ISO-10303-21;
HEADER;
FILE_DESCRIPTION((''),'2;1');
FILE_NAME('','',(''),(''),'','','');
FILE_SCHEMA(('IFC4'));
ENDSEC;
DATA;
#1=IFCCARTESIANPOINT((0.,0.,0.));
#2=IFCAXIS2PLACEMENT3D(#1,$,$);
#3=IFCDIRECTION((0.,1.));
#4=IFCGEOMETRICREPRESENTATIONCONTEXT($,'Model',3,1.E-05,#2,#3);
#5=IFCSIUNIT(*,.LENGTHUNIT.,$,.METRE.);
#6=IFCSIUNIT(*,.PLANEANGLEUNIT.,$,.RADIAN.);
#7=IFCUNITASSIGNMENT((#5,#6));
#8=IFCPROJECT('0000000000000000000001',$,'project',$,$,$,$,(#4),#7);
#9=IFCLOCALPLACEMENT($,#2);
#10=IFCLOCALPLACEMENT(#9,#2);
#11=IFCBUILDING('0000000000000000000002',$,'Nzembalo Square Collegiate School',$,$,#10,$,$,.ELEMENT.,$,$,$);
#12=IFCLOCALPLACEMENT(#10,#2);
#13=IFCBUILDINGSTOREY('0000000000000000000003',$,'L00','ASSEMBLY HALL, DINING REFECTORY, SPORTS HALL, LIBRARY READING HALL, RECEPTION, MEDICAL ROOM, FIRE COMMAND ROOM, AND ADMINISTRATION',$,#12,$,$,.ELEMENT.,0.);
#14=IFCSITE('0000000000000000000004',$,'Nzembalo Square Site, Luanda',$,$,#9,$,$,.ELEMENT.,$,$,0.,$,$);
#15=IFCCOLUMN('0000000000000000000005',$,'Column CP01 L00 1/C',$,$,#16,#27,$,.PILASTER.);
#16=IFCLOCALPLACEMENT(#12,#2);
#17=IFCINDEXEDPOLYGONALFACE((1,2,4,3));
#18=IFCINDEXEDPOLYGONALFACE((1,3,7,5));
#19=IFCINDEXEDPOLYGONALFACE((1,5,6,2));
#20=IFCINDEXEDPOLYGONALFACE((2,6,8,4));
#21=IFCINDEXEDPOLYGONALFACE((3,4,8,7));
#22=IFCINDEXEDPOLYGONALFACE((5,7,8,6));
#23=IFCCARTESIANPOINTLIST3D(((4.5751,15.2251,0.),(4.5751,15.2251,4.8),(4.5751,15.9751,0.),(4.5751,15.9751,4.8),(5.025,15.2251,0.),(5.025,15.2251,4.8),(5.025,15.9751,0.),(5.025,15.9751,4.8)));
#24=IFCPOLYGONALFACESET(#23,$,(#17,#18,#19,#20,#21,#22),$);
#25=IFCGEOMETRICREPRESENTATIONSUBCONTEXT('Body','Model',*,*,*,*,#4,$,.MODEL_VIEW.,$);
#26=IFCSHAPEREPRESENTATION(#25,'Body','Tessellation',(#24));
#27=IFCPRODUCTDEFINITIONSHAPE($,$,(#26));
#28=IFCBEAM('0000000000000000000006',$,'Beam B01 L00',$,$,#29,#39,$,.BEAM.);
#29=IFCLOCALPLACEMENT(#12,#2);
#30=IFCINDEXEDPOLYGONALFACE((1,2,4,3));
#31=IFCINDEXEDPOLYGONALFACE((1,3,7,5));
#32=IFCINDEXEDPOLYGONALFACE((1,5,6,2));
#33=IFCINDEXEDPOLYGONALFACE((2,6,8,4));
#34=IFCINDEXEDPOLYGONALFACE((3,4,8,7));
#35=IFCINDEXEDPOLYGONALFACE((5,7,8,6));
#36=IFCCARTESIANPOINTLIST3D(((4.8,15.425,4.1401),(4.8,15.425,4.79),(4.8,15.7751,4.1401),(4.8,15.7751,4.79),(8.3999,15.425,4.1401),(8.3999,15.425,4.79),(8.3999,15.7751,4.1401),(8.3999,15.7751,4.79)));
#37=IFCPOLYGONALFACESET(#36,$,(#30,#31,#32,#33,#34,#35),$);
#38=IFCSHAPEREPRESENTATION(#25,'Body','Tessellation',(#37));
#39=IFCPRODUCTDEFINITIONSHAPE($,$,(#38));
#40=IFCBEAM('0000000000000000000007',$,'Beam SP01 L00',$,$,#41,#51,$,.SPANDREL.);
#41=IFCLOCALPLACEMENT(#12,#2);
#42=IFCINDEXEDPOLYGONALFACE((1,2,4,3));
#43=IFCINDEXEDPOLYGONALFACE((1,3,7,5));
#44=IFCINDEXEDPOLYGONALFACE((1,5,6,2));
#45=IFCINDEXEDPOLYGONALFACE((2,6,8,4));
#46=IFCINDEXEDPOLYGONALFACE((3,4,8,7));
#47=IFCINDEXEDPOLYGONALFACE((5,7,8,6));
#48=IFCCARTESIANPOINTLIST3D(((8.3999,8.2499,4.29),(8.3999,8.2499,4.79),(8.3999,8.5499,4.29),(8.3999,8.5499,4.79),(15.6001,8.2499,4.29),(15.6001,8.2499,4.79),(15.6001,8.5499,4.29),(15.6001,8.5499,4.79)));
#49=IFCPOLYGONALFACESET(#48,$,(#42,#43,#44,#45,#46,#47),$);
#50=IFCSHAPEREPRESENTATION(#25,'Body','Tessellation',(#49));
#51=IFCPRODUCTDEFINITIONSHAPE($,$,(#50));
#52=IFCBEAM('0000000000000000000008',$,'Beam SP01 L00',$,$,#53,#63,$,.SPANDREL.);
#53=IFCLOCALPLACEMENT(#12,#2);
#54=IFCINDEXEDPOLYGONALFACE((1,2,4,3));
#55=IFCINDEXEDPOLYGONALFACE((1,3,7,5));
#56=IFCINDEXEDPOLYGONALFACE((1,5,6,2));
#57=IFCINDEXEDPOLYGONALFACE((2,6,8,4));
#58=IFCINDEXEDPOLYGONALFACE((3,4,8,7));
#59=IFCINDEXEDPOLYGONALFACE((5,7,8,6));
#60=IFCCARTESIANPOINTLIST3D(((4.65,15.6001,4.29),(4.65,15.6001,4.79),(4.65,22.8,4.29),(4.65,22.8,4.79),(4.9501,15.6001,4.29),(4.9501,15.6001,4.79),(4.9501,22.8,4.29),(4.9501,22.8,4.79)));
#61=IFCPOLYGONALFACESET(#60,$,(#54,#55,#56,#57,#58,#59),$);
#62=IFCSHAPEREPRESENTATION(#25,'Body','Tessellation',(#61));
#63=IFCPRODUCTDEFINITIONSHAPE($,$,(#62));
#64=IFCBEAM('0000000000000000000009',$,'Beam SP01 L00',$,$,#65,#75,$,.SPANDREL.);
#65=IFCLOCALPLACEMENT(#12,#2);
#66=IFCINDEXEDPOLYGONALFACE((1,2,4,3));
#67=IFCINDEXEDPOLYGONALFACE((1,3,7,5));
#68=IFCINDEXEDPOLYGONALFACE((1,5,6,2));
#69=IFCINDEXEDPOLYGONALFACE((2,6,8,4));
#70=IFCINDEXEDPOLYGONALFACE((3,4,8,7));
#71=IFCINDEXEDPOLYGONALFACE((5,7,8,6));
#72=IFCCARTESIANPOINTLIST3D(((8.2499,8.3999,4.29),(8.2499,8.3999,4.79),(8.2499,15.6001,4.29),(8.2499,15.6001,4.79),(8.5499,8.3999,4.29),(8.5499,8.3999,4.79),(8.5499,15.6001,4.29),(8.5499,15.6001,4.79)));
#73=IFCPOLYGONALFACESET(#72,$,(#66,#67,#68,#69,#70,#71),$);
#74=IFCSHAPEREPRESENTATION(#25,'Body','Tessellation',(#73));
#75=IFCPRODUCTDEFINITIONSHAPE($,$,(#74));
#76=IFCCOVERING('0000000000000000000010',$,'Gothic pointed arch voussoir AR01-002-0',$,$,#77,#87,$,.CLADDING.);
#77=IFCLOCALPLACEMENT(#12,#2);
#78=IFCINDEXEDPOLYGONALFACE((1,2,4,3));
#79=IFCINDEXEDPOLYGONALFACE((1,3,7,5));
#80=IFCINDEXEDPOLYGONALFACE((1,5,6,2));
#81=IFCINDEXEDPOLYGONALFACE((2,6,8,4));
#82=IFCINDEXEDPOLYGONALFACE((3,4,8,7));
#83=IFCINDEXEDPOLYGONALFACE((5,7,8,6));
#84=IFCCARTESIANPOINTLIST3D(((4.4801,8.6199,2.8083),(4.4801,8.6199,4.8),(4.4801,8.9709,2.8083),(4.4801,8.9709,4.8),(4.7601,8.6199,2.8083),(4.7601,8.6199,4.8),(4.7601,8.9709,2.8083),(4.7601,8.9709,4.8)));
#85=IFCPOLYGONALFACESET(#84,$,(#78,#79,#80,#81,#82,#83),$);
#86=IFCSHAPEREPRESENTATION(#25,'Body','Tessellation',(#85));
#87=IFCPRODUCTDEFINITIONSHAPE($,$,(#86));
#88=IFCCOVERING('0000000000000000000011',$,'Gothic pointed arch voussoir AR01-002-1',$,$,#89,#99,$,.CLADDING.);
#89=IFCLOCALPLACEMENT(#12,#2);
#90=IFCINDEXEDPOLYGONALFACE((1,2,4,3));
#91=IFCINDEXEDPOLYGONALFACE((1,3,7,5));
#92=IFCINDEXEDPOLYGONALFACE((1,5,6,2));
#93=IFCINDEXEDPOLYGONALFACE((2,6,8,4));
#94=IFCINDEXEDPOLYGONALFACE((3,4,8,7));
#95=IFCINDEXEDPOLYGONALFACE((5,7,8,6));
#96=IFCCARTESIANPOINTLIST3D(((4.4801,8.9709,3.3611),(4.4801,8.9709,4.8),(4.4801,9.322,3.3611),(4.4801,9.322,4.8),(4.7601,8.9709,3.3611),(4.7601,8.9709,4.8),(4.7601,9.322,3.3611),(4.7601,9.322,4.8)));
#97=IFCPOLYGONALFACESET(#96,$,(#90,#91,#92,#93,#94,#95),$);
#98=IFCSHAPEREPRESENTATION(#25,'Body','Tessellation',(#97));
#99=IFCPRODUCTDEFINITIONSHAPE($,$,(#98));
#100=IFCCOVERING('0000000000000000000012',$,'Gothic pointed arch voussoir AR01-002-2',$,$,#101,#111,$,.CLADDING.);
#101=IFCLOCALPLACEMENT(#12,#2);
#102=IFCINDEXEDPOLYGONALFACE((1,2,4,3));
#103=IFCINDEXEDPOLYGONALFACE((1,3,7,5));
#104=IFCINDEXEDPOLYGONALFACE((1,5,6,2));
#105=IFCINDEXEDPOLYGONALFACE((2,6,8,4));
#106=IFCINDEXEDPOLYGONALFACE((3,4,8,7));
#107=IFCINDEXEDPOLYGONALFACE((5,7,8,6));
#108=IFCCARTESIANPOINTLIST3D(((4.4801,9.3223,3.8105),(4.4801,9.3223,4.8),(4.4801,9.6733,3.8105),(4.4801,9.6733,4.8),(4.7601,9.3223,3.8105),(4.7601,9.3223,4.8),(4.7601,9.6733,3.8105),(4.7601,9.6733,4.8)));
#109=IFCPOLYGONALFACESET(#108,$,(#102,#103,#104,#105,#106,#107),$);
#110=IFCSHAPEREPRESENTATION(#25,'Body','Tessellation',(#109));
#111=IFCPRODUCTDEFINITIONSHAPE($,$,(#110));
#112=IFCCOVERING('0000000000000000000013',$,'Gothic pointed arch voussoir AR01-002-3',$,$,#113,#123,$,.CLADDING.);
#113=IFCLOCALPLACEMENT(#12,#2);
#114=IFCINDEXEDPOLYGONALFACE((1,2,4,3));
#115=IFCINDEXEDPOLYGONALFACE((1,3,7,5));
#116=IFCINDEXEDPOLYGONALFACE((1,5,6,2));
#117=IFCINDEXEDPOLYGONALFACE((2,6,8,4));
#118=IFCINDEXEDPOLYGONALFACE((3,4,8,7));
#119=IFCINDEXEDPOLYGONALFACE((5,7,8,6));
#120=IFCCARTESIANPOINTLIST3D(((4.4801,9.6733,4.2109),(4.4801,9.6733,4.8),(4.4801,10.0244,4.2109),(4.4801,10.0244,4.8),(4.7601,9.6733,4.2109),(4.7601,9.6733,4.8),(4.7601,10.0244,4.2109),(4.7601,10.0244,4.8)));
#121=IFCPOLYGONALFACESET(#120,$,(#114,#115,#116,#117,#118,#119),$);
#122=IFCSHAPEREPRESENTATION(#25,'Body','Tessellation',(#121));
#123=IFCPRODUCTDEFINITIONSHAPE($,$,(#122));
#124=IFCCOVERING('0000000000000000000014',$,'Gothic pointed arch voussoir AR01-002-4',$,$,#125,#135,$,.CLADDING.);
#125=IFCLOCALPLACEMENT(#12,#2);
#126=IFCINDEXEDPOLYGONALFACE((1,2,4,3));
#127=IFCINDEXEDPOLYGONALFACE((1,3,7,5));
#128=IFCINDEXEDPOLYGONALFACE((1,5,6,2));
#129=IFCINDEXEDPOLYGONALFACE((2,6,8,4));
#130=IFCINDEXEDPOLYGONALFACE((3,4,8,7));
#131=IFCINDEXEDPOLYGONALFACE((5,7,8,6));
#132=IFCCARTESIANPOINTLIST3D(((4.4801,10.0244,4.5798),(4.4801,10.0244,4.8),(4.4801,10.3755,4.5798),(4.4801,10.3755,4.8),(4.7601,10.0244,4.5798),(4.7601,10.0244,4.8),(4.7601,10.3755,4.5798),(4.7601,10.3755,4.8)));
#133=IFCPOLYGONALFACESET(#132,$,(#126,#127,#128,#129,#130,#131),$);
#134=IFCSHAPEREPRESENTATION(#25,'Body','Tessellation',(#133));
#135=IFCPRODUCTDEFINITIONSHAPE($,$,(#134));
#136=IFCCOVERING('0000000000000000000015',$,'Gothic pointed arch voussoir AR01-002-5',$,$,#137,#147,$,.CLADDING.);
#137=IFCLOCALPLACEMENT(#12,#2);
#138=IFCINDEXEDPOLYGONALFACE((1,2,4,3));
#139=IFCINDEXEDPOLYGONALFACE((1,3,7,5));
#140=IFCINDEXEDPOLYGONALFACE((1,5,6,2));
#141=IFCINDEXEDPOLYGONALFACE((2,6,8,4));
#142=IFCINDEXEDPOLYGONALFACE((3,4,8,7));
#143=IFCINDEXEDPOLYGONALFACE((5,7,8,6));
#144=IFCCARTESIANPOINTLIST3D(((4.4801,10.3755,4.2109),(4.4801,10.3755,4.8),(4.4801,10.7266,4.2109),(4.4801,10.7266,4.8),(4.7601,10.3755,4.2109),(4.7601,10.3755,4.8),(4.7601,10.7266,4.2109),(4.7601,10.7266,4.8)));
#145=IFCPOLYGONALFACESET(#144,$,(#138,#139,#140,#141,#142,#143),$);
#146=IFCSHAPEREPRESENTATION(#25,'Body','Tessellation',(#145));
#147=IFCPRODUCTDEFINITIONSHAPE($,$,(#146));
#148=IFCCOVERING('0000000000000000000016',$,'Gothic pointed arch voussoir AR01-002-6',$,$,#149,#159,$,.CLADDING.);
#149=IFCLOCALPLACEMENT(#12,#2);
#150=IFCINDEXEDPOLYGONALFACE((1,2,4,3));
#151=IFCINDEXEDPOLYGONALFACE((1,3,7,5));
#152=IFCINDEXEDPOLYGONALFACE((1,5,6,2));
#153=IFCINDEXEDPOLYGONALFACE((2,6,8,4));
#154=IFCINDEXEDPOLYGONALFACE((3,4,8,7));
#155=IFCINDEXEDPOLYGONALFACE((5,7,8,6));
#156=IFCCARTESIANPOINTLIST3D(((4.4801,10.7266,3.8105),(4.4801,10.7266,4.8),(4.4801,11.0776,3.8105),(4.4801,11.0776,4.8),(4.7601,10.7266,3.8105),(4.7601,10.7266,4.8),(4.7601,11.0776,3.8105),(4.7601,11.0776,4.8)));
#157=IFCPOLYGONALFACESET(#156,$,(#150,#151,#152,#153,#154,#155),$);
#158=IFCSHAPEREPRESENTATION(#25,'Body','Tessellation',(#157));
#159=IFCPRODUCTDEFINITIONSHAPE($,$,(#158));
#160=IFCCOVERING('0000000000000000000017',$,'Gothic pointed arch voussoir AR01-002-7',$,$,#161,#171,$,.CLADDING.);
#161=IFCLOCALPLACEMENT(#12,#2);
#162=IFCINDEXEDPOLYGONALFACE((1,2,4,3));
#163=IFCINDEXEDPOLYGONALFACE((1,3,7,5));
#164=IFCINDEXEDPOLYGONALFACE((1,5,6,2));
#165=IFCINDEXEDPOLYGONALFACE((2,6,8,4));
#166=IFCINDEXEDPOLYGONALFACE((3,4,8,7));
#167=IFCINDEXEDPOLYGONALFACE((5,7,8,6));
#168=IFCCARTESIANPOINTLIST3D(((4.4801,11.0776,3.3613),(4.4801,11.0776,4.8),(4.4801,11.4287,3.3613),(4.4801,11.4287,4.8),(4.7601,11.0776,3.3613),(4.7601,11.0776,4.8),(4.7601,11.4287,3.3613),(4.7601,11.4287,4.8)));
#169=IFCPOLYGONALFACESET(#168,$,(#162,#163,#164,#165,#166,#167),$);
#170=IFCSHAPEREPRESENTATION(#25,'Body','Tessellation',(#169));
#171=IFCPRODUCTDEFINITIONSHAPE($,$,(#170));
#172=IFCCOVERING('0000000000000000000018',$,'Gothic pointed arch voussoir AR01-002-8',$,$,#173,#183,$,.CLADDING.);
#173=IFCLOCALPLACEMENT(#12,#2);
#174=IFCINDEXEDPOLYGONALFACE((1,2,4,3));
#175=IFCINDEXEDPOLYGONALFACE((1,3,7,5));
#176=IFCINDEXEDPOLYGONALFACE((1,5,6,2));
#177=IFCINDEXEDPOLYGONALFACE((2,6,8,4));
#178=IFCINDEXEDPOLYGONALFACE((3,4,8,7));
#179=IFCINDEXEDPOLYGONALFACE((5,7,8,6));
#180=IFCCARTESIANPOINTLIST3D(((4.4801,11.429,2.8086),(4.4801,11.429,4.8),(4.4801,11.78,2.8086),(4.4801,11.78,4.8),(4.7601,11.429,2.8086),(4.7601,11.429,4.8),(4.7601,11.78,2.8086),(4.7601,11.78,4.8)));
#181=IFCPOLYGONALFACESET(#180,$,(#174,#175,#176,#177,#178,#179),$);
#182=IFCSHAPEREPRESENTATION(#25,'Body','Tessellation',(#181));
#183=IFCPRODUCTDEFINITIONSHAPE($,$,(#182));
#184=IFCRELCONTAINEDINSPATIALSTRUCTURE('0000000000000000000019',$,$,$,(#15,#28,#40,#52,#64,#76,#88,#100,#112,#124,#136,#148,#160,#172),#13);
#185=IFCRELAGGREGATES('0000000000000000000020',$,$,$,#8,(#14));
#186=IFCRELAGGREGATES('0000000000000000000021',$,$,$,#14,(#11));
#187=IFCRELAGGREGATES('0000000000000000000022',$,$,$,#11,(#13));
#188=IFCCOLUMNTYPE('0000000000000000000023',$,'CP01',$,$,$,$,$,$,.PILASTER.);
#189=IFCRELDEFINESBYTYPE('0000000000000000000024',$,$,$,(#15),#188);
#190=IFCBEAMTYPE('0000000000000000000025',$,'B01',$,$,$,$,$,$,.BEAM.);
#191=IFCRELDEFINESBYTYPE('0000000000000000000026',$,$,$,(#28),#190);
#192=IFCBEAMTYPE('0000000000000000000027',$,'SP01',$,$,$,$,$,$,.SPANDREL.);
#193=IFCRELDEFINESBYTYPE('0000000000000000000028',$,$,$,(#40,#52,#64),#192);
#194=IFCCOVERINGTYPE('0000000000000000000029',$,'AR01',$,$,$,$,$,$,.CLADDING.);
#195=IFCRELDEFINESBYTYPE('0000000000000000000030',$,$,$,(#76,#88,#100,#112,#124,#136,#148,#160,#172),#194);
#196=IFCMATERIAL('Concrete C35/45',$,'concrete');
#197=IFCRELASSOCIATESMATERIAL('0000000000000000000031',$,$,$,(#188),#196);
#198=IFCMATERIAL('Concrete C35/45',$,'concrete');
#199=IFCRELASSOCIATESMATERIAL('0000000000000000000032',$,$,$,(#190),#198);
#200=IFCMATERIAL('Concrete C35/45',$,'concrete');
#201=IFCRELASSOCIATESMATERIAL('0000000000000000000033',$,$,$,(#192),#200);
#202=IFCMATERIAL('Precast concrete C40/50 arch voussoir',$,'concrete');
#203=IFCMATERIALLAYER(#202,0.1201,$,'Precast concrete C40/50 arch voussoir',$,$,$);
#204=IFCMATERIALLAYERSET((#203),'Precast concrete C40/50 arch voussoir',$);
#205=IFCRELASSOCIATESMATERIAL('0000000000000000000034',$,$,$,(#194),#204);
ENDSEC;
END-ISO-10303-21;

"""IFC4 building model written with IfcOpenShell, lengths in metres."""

from ifc_helpers import new_model, si_unit, direction, frame, origin, origin_2d, place, context, subcontext, project, spatial, rectangle, extrude, material, layer, layer_set, material_profile, profile_set, type_object, element, save


model = new_model("IFC4")

# Units and contexts
model_context = context("Model", 3, precision=1e-05, world=origin(), true_north=direction((0.0, 1.0)))
body_context = subcontext(model_context, "Body", "Model", "MODEL_VIEW")
ifc_project = project(units=[si_unit("LENGTHUNIT", "METRE"), si_unit("PLANEANGLEUNIT", "RADIAN")], contexts=[model_context])

# Site, building, storey
site_placement = place(None, origin())
site = spatial("IfcSite", under=ifc_project, at=site_placement, Name="Nzembalo Square Site, Luanda", CompositionType="ELEMENT", RefElevation=0.0)
building_placement = place(site_placement, origin())
building = spatial("IfcBuilding", under=site, at=building_placement, Name="Nzembalo Square Collegiate School", CompositionType="ELEMENT")
storey_placement = place(building_placement, origin())
storey = spatial("IfcBuildingStorey", under=building, at=storey_placement, Name="L00", Description="ASSEMBLY HALL, DINING REFECTORY, SPORTS HALL, LIBRARY READING HALL, RECEPTION, MEDICAL ROOM, FIRE COMMAND ROOM, AND ADMINISTRATION", CompositionType="ELEMENT", Elevation=0.0)

# Column
ifc_material_1 = material(Name="Concrete C35/45", Category="concrete")
ifc_material_profile_1 = material_profile(ifc_material_1, rectangle(XDim=0.45, YDim=0.75, at=origin_2d()), Name="RC 450x750")
ifc_profile_set_1 = profile_set([ifc_material_profile_1], Name="Concrete C35/45")
column_type = type_object("IfcColumnType", Name="CP01", PredefinedType="PILASTER", material=ifc_profile_set_1)
column_placement = place(storey_placement, frame((4.8, 15.6001, 0.0), z_axis=(0.0, 0.0, 1.0), x_axis=(1.0, 0.0, 0.0)))
element("IfcColumn", 1, at=column_placement, inside=storey, type_object=column_type, Name="Column CP01 L00 1/C", PredefinedType="PILASTER", context=body_context, shape_type="SweptSolid", body=[
    extrude(rectangle(XDim=0.45, YDim=0.75, at=origin_2d()), origin(), (0.0, 0.0, 1.0), 4.8),
])

# Beams
ifc_material_2 = material(Name="Concrete C35/45", Category="concrete")
ifc_material_profile_2 = material_profile(ifc_material_2, rectangle(XDim=0.3501, YDim=0.6499, at=origin_2d()), Name="RC 350x650")
ifc_profile_set_2 = profile_set([ifc_material_profile_2], Name="Concrete C35/45")
beam_type_1 = type_object("IfcBeamType", Name="B01", PredefinedType="BEAM", material=ifc_profile_set_2)
beam_1_placement = place(storey_placement, frame((4.8, 15.6001, 4.4651), z_axis=(1.0, 0.0, 0.0), x_axis=(0.0, 1.0, 0.0)))
element("IfcBeam", 2, at=beam_1_placement, inside=storey, type_object=beam_type_1, Name="Beam B01 L00", PredefinedType="BEAM", context=body_context, shape_type="SweptSolid", body=[
    extrude(rectangle(XDim=0.3501, YDim=0.6499, at=origin_2d()), origin(), (0.0, 0.0, 1.0), 3.5999),
])
ifc_material_3 = material(Name="Concrete C35/45", Category="concrete")
ifc_material_profile_3 = material_profile(ifc_material_3, rectangle(XDim=0.3, YDim=0.5, at=origin_2d()), Name="RC 300x500")
ifc_profile_set_3 = profile_set([ifc_material_profile_3], Name="Concrete C35/45")
beam_type_2 = type_object("IfcBeamType", Name="SP01", PredefinedType="SPANDREL", material=ifc_profile_set_3)
beam_2_placement = place(storey_placement, frame((8.3999, 8.3999, 4.54), z_axis=(1.0, 0.0, 0.0), x_axis=(0.0, 1.0, 0.0)))
element("IfcBeam", 3, at=beam_2_placement, inside=storey, type_object=beam_type_2, Name="Beam SP01 L00", PredefinedType="SPANDREL", context=body_context, shape_type="SweptSolid", body=[
    extrude(rectangle(XDim=0.3, YDim=0.5, at=origin_2d()), origin(), (0.0, 0.0, 1.0), 7.2002),
])
beam_3_placement = place(storey_placement, frame((4.8, 15.6001, 4.54), z_axis=(0.0, 1.0, 0.0), x_axis=(-1.0, 0.0, 0.0)))
element("IfcBeam", 4, at=beam_3_placement, inside=storey, type_object=beam_type_2, Name="Beam SP01 L00", PredefinedType="SPANDREL", context=body_context, shape_type="SweptSolid", body=[
    extrude(rectangle(XDim=0.3, YDim=0.5, at=origin_2d()), origin(), (0.0, 0.0, 1.0), 7.2),
])
beam_4_placement = place(storey_placement, frame((8.3999, 8.3999, 4.54), z_axis=(0.0, 1.0, 0.0), x_axis=(-1.0, 0.0, 0.0)))
element("IfcBeam", 5, at=beam_4_placement, inside=storey, type_object=beam_type_2, Name="Beam SP01 L00", PredefinedType="SPANDREL", context=body_context, shape_type="SweptSolid", body=[
    extrude(rectangle(XDim=0.3, YDim=0.5, at=origin_2d()), origin(), (0.0, 0.0, 1.0), 7.2002),
])

# Coverings
ifc_material_4 = material(Name="Precast concrete C40/50 arch voussoir", Category="concrete")
ifc_layer_1 = layer(ifc_material_4, 0.1201, Name="Precast concrete C40/50 arch voussoir")
ifc_layer_set_1 = layer_set([ifc_layer_1], Name="Precast concrete C40/50 arch voussoir")
covering_type = type_object("IfcCoveringType", Name="AR01", PredefinedType="CLADDING", material=ifc_layer_set_1)
covering_1_placement = place(storey_placement, frame((4.6201, 8.7954, 2.8083), z_axis=(0.0, 0.0, 1.0), x_axis=(1.0, 0.0, 0.0)))
element("IfcCovering", 6, at=covering_1_placement, inside=storey, type_object=covering_type, Name="Gothic pointed arch voussoir AR01-002-0", PredefinedType="CLADDING", context=body_context, shape_type="SweptSolid", body=[
    extrude(rectangle(XDim=0.28, YDim=0.3511, at=origin_2d()), origin(), (0.0, 0.0, 1.0), 1.9917),
])
covering_2_placement = place(storey_placement, frame((4.6201, 9.1465, 3.3611), z_axis=(0.0, 0.0, 1.0), x_axis=(1.0, 0.0, 0.0)))
element("IfcCovering", 7, at=covering_2_placement, inside=storey, type_object=covering_type, Name="Gothic pointed arch voussoir AR01-002-1", PredefinedType="CLADDING", context=body_context, shape_type="SweptSolid", body=[
    extrude(rectangle(XDim=0.28, YDim=0.3511, at=origin_2d()), origin(), (0.0, 0.0, 1.0), 1.439),
])
covering_3_placement = place(storey_placement, frame((4.6201, 9.4978, 3.8105), z_axis=(0.0, 0.0, 1.0), x_axis=(1.0, 0.0, 0.0)))
element("IfcCovering", 8, at=covering_3_placement, inside=storey, type_object=covering_type, Name="Gothic pointed arch voussoir AR01-002-2", PredefinedType="CLADDING", context=body_context, shape_type="SweptSolid", body=[
    extrude(rectangle(XDim=0.28, YDim=0.3511, at=origin_2d()), origin(), (0.0, 0.0, 1.0), 0.9895),
])
covering_4_placement = place(storey_placement, frame((4.6201, 9.8489, 4.2109), z_axis=(0.0, 0.0, 1.0), x_axis=(1.0, 0.0, 0.0)))
element("IfcCovering", 9, at=covering_4_placement, inside=storey, type_object=covering_type, Name="Gothic pointed arch voussoir AR01-002-3", PredefinedType="CLADDING", context=body_context, shape_type="SweptSolid", body=[
    extrude(rectangle(XDim=0.28, YDim=0.3511, at=origin_2d()), origin(), (0.0, 0.0, 1.0), 0.5891),
])
covering_5_placement = place(storey_placement, frame((4.6201, 10.2, 4.5798), z_axis=(0.0, 0.0, 1.0), x_axis=(1.0, 0.0, 0.0)))
element("IfcCovering", 10, at=covering_5_placement, inside=storey, type_object=covering_type, Name="Gothic pointed arch voussoir AR01-002-4", PredefinedType="CLADDING", context=body_context, shape_type="SweptSolid", body=[
    extrude(rectangle(XDim=0.28, YDim=0.3511, at=origin_2d()), origin(), (0.0, 0.0, 1.0), 0.2202),
])
covering_6_placement = place(storey_placement, frame((4.6201, 10.551, 4.2109), z_axis=(0.0, 0.0, 1.0), x_axis=(1.0, 0.0, 0.0)))
element("IfcCovering", 11, at=covering_6_placement, inside=storey, type_object=covering_type, Name="Gothic pointed arch voussoir AR01-002-5", PredefinedType="CLADDING", context=body_context, shape_type="SweptSolid", body=[
    extrude(rectangle(XDim=0.28, YDim=0.3511, at=origin_2d()), origin(), (0.0, 0.0, 1.0), 0.5891),
])
covering_7_placement = place(storey_placement, frame((4.6201, 10.9021, 3.8105), z_axis=(0.0, 0.0, 1.0), x_axis=(1.0, 0.0, 0.0)))
element("IfcCovering", 12, at=covering_7_placement, inside=storey, type_object=covering_type, Name="Gothic pointed arch voussoir AR01-002-6", PredefinedType="CLADDING", context=body_context, shape_type="SweptSolid", body=[
    extrude(rectangle(XDim=0.28, YDim=0.3511, at=origin_2d()), origin(), (0.0, 0.0, 1.0), 0.9895),
])
covering_8_placement = place(storey_placement, frame((4.6201, 11.2532, 3.3613), z_axis=(0.0, 0.0, 1.0), x_axis=(1.0, 0.0, 0.0)))
element("IfcCovering", 13, at=covering_8_placement, inside=storey, type_object=covering_type, Name="Gothic pointed arch voussoir AR01-002-7", PredefinedType="CLADDING", context=body_context, shape_type="SweptSolid", body=[
    extrude(rectangle(XDim=0.28, YDim=0.3511, at=origin_2d()), origin(), (0.0, 0.0, 1.0), 1.4387),
])
covering_9_placement = place(storey_placement, frame((4.6201, 11.6045, 2.8086), z_axis=(0.0, 0.0, 1.0), x_axis=(1.0, 0.0, 0.0)))
element("IfcCovering", 14, at=covering_9_placement, inside=storey, type_object=covering_type, Name="Gothic pointed arch voussoir AR01-002-8", PredefinedType="CLADDING", context=body_context, shape_type="SweptSolid", body=[
    extrude(rectangle(XDim=0.28, YDim=0.3511, at=origin_2d()), origin(), (0.0, 0.0, 1.0), 1.9915),
])

save(model, "model.ifc")
